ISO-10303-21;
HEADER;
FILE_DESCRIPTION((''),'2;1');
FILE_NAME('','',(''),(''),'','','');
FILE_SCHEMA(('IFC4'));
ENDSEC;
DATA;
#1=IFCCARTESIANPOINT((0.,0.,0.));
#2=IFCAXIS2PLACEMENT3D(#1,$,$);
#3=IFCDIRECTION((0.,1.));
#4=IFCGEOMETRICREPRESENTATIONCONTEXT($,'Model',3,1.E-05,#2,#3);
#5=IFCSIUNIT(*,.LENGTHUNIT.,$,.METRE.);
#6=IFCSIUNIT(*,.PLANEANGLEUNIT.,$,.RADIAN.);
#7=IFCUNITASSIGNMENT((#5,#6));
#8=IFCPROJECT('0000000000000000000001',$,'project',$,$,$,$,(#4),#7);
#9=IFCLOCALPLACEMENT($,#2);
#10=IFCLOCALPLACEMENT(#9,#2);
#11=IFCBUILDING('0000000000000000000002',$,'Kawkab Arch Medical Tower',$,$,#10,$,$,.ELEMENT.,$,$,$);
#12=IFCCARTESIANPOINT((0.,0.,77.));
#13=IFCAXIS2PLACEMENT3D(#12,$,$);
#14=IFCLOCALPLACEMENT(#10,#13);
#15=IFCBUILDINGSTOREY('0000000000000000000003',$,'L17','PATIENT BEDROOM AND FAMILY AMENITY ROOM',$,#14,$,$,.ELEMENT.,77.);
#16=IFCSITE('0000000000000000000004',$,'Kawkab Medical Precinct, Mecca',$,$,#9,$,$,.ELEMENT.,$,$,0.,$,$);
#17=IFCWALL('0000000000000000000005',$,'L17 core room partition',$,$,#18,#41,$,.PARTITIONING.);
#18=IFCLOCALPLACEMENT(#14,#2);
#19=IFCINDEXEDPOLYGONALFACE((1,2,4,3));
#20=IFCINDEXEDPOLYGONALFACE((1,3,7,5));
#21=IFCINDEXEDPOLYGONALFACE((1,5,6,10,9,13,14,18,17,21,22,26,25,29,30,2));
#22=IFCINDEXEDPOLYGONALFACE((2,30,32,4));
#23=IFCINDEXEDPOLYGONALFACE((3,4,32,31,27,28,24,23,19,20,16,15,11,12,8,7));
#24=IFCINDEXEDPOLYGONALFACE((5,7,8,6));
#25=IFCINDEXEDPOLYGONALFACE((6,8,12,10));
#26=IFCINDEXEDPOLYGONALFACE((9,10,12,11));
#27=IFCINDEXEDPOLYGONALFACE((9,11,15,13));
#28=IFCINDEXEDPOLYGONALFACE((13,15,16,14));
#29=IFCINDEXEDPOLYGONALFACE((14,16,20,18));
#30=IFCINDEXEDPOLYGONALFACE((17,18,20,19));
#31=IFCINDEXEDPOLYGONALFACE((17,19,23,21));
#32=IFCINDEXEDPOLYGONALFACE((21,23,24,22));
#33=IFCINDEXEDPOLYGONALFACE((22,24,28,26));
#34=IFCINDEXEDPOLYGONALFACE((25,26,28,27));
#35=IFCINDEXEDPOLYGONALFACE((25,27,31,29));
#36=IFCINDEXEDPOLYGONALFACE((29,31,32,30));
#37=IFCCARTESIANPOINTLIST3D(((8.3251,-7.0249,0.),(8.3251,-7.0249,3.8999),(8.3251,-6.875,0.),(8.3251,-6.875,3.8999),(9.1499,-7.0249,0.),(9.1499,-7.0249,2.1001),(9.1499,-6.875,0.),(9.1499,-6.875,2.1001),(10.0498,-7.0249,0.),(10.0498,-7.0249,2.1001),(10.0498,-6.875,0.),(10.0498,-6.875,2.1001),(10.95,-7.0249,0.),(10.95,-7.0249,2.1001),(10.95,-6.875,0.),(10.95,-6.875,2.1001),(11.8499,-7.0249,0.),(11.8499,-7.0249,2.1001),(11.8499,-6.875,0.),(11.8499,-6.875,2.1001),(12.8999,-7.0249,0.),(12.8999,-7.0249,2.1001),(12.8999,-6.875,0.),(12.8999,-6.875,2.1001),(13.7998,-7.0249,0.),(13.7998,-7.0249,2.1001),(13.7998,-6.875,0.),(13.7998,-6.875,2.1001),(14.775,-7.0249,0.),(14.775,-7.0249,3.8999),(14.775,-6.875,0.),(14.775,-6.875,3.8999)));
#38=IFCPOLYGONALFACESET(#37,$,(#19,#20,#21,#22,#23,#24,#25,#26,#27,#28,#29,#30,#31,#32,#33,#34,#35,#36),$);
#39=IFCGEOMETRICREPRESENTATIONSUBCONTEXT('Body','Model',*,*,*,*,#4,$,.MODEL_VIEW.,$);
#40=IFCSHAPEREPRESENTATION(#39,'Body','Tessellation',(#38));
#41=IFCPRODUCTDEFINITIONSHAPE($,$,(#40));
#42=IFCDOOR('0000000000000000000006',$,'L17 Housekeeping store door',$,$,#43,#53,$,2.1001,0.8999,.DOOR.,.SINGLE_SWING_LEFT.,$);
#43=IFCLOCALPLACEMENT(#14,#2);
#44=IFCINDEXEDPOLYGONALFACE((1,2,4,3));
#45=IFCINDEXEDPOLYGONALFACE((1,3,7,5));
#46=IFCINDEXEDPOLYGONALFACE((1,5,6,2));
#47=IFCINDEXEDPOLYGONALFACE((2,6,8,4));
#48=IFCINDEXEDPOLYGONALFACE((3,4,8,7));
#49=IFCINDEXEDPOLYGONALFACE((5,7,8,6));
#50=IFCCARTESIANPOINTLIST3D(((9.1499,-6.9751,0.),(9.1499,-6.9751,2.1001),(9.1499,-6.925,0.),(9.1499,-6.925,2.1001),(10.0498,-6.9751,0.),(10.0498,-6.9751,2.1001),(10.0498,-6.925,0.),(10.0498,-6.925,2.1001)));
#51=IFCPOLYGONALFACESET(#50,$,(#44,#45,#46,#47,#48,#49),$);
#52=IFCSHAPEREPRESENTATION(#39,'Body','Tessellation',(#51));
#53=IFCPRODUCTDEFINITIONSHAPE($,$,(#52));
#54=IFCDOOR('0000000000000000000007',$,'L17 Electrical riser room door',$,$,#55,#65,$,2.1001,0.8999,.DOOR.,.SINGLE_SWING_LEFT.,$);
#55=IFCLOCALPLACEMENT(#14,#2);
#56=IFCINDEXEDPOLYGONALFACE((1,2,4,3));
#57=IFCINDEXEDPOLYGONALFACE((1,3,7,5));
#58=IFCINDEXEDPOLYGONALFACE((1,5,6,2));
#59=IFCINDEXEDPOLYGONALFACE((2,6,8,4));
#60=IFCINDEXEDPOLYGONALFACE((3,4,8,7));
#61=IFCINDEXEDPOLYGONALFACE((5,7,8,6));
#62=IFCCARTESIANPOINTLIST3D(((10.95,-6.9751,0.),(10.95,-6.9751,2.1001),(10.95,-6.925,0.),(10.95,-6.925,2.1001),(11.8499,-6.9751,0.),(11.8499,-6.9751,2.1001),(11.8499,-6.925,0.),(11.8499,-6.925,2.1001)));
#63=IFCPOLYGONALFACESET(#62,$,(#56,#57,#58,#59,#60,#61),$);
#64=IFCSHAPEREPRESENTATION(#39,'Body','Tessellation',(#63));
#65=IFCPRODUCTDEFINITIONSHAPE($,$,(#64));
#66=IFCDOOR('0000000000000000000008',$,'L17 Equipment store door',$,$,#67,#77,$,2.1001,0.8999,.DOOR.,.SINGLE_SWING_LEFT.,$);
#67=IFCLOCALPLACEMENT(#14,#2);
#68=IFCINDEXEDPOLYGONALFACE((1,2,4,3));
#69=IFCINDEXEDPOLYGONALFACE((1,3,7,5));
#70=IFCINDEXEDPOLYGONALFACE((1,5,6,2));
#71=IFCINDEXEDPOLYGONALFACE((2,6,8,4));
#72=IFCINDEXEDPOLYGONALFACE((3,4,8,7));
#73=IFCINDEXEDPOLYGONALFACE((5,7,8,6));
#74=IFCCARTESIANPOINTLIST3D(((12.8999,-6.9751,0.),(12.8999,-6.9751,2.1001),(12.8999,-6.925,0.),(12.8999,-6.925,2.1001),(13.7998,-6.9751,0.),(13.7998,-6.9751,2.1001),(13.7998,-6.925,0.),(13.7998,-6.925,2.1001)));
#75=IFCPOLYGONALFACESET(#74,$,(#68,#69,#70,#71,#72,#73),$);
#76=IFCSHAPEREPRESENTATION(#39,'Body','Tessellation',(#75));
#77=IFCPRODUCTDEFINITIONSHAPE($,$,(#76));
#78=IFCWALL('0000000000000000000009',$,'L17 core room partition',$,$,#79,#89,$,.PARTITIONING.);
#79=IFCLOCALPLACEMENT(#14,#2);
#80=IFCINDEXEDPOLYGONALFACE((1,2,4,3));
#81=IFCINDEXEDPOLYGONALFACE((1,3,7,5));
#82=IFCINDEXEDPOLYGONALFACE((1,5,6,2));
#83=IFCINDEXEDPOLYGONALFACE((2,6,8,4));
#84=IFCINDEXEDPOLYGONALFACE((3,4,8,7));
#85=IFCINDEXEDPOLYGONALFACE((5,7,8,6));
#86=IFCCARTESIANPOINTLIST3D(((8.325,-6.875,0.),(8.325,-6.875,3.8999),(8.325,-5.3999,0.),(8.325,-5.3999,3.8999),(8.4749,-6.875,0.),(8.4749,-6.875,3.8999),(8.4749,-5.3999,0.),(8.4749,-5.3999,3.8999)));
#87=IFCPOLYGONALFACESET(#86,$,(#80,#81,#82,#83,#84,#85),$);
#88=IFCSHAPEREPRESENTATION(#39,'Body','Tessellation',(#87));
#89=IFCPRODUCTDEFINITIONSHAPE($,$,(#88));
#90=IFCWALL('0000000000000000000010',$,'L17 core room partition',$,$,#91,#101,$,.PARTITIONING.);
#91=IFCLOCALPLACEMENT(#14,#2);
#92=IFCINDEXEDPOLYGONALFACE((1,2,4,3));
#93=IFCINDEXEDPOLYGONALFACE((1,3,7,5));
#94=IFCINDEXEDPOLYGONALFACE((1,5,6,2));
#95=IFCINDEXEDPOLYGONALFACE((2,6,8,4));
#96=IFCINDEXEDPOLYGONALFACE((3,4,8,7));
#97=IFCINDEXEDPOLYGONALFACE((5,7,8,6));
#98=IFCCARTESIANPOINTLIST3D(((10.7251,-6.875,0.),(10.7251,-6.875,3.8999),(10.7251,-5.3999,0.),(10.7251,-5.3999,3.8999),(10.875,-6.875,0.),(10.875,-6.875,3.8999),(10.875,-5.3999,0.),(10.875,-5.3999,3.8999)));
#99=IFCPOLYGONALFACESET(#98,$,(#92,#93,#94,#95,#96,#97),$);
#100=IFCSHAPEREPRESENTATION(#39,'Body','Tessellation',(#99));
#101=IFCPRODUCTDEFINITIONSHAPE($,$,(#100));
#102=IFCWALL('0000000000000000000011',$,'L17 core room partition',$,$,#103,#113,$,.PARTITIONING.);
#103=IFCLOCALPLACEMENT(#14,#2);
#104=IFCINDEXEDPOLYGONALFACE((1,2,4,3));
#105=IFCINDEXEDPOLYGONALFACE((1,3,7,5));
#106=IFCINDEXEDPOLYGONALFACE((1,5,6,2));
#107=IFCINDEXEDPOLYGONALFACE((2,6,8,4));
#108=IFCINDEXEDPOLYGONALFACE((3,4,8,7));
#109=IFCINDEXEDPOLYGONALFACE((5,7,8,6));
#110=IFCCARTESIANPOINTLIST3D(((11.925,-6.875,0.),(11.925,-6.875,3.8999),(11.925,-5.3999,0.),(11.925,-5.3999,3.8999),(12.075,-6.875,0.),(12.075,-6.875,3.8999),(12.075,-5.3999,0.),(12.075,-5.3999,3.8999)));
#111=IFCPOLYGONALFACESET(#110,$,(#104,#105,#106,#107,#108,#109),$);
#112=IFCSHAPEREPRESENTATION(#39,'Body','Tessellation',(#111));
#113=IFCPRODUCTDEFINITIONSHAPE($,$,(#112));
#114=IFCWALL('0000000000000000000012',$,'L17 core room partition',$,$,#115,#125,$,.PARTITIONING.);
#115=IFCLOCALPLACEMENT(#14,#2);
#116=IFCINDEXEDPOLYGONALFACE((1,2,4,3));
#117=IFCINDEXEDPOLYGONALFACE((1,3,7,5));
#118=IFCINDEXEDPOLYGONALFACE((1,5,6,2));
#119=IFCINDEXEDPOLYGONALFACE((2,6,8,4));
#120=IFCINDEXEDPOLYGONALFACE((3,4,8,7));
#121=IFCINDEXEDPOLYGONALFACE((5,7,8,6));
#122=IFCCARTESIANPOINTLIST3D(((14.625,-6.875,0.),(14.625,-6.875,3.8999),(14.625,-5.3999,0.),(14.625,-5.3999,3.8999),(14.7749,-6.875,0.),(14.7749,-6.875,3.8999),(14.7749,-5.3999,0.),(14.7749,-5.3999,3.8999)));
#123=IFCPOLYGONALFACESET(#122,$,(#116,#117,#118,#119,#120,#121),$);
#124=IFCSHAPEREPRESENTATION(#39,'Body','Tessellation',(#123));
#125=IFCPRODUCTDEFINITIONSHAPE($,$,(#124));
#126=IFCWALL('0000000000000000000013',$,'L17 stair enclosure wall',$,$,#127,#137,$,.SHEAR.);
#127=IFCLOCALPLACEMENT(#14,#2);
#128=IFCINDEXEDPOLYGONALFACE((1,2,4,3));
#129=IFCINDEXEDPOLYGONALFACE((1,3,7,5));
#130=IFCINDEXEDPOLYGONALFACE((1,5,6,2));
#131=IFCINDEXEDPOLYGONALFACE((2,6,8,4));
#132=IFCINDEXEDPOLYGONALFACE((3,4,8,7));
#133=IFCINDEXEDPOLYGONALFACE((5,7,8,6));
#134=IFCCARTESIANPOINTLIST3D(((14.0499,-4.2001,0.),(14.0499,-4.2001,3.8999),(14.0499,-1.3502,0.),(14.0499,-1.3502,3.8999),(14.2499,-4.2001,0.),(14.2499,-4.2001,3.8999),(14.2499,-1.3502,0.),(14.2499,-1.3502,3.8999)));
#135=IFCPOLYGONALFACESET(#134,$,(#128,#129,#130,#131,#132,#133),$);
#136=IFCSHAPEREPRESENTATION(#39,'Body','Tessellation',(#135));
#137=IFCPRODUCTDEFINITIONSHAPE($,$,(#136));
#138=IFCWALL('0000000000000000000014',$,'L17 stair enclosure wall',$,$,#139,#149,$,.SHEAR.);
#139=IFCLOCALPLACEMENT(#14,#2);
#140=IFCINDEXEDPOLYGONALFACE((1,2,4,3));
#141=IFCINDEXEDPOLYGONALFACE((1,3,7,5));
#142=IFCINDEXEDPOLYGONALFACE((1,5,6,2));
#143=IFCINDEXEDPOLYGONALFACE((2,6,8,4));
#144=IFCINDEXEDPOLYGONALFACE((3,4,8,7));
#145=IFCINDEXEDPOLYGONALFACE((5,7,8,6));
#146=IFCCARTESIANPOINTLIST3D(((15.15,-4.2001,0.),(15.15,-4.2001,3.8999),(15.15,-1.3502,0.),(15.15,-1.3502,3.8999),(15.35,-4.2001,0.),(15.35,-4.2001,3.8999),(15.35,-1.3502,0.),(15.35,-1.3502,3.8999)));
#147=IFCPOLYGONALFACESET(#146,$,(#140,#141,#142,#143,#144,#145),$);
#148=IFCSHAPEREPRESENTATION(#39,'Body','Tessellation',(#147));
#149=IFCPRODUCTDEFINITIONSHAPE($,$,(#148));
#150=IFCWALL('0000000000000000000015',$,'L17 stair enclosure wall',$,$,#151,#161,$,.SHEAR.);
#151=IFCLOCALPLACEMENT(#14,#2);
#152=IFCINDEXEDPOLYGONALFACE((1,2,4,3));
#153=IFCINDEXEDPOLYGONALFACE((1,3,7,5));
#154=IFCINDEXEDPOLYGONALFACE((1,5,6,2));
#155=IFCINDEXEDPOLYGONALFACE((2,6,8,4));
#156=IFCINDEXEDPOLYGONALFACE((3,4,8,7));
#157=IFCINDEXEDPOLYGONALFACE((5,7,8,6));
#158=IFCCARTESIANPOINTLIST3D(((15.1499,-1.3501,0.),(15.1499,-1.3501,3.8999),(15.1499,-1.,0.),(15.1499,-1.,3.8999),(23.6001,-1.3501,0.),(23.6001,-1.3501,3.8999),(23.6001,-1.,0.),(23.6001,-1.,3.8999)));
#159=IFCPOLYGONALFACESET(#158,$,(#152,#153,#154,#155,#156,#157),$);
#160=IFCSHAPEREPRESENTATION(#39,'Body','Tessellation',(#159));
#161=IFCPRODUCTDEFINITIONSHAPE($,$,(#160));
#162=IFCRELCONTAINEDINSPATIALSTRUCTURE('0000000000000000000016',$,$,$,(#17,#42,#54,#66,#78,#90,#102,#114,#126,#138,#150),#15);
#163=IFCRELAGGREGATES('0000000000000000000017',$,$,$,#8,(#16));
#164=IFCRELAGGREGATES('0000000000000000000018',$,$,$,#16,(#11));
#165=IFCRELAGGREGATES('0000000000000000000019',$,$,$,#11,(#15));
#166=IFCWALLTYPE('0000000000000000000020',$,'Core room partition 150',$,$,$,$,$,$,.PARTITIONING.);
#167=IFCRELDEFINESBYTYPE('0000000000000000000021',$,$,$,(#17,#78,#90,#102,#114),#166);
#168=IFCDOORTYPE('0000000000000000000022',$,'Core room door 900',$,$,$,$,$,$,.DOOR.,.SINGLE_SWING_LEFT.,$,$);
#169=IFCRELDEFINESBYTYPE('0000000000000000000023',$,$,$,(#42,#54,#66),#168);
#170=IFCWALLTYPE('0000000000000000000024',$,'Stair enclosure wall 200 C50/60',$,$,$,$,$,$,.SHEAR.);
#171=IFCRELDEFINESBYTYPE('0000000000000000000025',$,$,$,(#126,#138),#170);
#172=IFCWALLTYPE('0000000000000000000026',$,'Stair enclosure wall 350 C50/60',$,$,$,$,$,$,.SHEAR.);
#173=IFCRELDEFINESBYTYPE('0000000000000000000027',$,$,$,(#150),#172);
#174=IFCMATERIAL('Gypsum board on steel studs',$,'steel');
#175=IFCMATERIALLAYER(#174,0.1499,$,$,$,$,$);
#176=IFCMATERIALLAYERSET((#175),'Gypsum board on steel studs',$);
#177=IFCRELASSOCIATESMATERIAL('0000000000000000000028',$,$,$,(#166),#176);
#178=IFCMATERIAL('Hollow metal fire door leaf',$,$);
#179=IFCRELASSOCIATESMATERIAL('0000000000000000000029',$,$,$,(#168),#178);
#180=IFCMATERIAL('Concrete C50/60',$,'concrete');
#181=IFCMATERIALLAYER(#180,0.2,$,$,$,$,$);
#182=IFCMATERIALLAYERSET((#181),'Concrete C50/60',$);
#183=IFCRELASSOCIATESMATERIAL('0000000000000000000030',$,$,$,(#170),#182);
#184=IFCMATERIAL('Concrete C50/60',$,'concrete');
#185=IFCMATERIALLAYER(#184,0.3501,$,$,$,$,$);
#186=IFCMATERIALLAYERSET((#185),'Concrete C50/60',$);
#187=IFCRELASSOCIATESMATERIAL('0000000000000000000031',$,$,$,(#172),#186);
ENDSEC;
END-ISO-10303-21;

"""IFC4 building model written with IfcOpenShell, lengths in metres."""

from ifc_helpers import new_model, si_unit, direction, frame, frame_2d, origin, place, context, subcontext, project, spatial, rectangle, extrude, material, layer, layer_set, type_object, element, fill, save


model = new_model("IFC4")

# Units and contexts
model_context = context("Model", 3, precision=1e-05, world=origin(), true_north=direction((0.0, 1.0)))
body_context = subcontext(model_context, "Body", "Model", "MODEL_VIEW")
ifc_project = project(units=[si_unit("LENGTHUNIT", "METRE"), si_unit("PLANEANGLEUNIT", "RADIAN")], contexts=[model_context])

# Site, building, storey
site_placement = place(None, origin())
site = spatial("IfcSite", under=ifc_project, at=site_placement, Name="Kawkab Medical Precinct, Mecca", CompositionType="ELEMENT", RefElevation=0.0)
building_placement = place(site_placement, origin())
building = spatial("IfcBuilding", under=site, at=building_placement, Name="Kawkab Arch Medical Tower", CompositionType="ELEMENT")
storey_placement = place(building_placement, frame((0.0, 0.0, 77.0)))
storey = spatial("IfcBuildingStorey", under=building, at=storey_placement, Name="L17", Description="PATIENT BEDROOM AND FAMILY AMENITY ROOM", CompositionType="ELEMENT", Elevation=77.0)

# Wall, openings, doors
ifc_material_1 = material(Name="Gypsum board on steel studs", Category="steel")
ifc_layer_1 = layer(ifc_material_1, 0.1499)
ifc_layer_set_1 = layer_set([ifc_layer_1], Name="Gypsum board on steel studs")
wall_type_1 = type_object("IfcWallType", Name="Core room partition 150", PredefinedType="PARTITIONING", material=ifc_layer_set_1)
wall_1_placement = place(storey_placement, frame((8.325, -6.95, 0.0), z_axis=(0.0, 0.0, 1.0), x_axis=(1.0, 0.0, 0.0)))
wall_1 = element("IfcWall", 1, at=wall_1_placement, inside=storey, type_object=wall_type_1, Name="L17 core room partition", PredefinedType="PARTITIONING", context=body_context, shape_type="SweptSolid", body=[
    extrude(rectangle(XDim=6.45, YDim=0.1499, at=frame_2d((3.2251, 0.0))), origin(), (0.0, 0.0, 1.0), 3.8999),
])
opening_1_placement = place(wall_1_placement, frame((0.825, 0.0, 0.0)))
opening_1 = element("IfcOpeningElement", 2, at=opening_1_placement, cuts=wall_1, PredefinedType="OPENING", context=body_context, shape_type="SweptSolid", body=[
    extrude(rectangle(XDim=0.8999, YDim=2.1001, at=frame_2d((0.45, 1.05))), frame((0.0, 0.085, 0.0), z_axis=(0.0, -1.0, 0.0), x_axis=(1.0, 0.0, 0.0)), (0.0, 0.0, 1.0), 0.1699),
])
opening_2_placement = place(wall_1_placement, frame((2.625, 0.0, 0.0)))
opening_2 = element("IfcOpeningElement", 3, at=opening_2_placement, cuts=wall_1, PredefinedType="OPENING", context=body_context, shape_type="SweptSolid", body=[
    extrude(rectangle(XDim=0.8999, YDim=2.1001, at=frame_2d((0.45, 1.05))), frame((0.0, 0.085, 0.0), z_axis=(0.0, -1.0, 0.0), x_axis=(1.0, 0.0, 0.0)), (0.0, 0.0, 1.0), 0.1699),
])
opening_3_placement = place(wall_1_placement, frame((4.575, 0.0, 0.0)))
opening_3 = element("IfcOpeningElement", 4, at=opening_3_placement, cuts=wall_1, PredefinedType="OPENING", context=body_context, shape_type="SweptSolid", body=[
    extrude(rectangle(XDim=0.8999, YDim=2.1001, at=frame_2d((0.45, 1.05))), frame((0.0, 0.085, 0.0), z_axis=(0.0, -1.0, 0.0), x_axis=(1.0, 0.0, 0.0)), (0.0, 0.0, 1.0), 0.1699),
])
ifc_material_2 = material(Name="Hollow metal fire door leaf")
door_type = type_object("IfcDoorType", Name="Core room door 900", OperationType="SINGLE_SWING_LEFT", PredefinedType="DOOR", material=ifc_material_2)
door_1_placement = place(opening_1_placement, origin())
door_1 = element("IfcDoor", 5, at=door_1_placement, inside=storey, type_object=door_type, Name="L17 Housekeeping store door", OperationType="SINGLE_SWING_LEFT", OverallHeight=2.1001, OverallWidth=0.8999, PredefinedType="DOOR", context=body_context, shape_type="SweptSolid", body=[
    extrude(rectangle(XDim=0.8999, YDim=2.1001, at=frame_2d((0.45, 1.05))), frame((0.0, 0.0249, 0.0), z_axis=(0.0, -1.0, 0.0), x_axis=(1.0, 0.0, 0.0)), (0.0, 0.0, 1.0), 0.05),
])
fill(opening_1, door_1)
door_2_placement = place(opening_2_placement, origin())
door_2 = element("IfcDoor", 6, at=door_2_placement, inside=storey, type_object=door_type, Name="L17 Electrical riser room door", OperationType="SINGLE_SWING_LEFT", OverallHeight=2.1001, OverallWidth=0.8999, PredefinedType="DOOR", context=body_context, shape_type="SweptSolid", body=[
    extrude(rectangle(XDim=0.8999, YDim=2.1001, at=frame_2d((0.45, 1.05))), frame((0.0, 0.0249, 0.0), z_axis=(0.0, -1.0, 0.0), x_axis=(1.0, 0.0, 0.0)), (0.0, 0.0, 1.0), 0.05),
])
fill(opening_2, door_2)
door_3_placement = place(opening_3_placement, origin())
door_3 = element("IfcDoor", 7, at=door_3_placement, inside=storey, type_object=door_type, Name="L17 Equipment store door", OperationType="SINGLE_SWING_LEFT", OverallHeight=2.1001, OverallWidth=0.8999, PredefinedType="DOOR", context=body_context, shape_type="SweptSolid", body=[
    extrude(rectangle(XDim=0.8999, YDim=2.1001, at=frame_2d((0.45, 1.05))), frame((0.0, 0.0249, 0.0), z_axis=(0.0, -1.0, 0.0), x_axis=(1.0, 0.0, 0.0)), (0.0, 0.0, 1.0), 0.05),
])
fill(opening_3, door_3)

# Walls
for number, where, z_axis, x_axis, name in (
    (8, (8.3999, -6.875, 0.0), (0.0, 0.0, 1.0), (0.0, 1.0, 0.0), "L17 core room partition"),
    (9, (10.8, -6.875, 0.0), (0.0, 0.0, 1.0), (0.0, 1.0, 0.0), "L17 core room partition"),
    (10, (12.0, -6.875, 0.0), (0.0, 0.0, 1.0), (0.0, 1.0, 0.0), "L17 core room partition"),
    (11, (14.7, -6.875, 0.0), (0.0, 0.0, 1.0), (0.0, 1.0, 0.0), "L17 core room partition"),
):
    element("IfcWall", number, at=place(storey_placement, frame(where, z_axis=z_axis, x_axis=x_axis)), inside=storey, type_object=wall_type_1, Name=name, PredefinedType="PARTITIONING", context=body_context, shape_type="SweptSolid", body=[
        extrude(rectangle(XDim=1.4751, YDim=0.1499, at=frame_2d((0.7375, 0.0))), origin(), (0.0, 0.0, 1.0), 3.8999),
    ])
ifc_material_3 = material(Name="Concrete C50/60", Category="concrete")
ifc_layer_2 = layer(ifc_material_3, 0.2)
ifc_layer_set_2 = layer_set([ifc_layer_2], Name="Concrete C50/60")
wall_type_2 = type_object("IfcWallType", Name="Stair enclosure wall 200 C50/60", PredefinedType="SHEAR", material=ifc_layer_set_2)
for number, where, z_axis, x_axis, name in (
    (12, (14.1499, -4.2, 0.0), (0.0, 0.0, 1.0), (0.0, 1.0, 0.0), "L17 stair enclosure wall"),
    (13, (15.25, -4.2, 0.0), (0.0, 0.0, 1.0), (0.0, 1.0, 0.0), "L17 stair enclosure wall"),
):
    element("IfcWall", number, at=place(storey_placement, frame(where, z_axis=z_axis, x_axis=x_axis)), inside=storey, type_object=wall_type_2, Name=name, PredefinedType="SHEAR", context=body_context, shape_type="SweptSolid", body=[
        extrude(rectangle(XDim=2.8499, YDim=0.2, at=frame_2d((1.4248, 0.0))), origin(), (0.0, 0.0, 1.0), 3.8999),
    ])
ifc_material_4 = material(Name="Concrete C50/60", Category="concrete")
ifc_layer_3 = layer(ifc_material_4, 0.3501)
ifc_layer_set_3 = layer_set([ifc_layer_3], Name="Concrete C50/60")
wall_type_3 = type_object("IfcWallType", Name="Stair enclosure wall 350 C50/60", PredefinedType="SHEAR", material=ifc_layer_set_3)
wall_2_placement = place(storey_placement, frame((15.1499, -1.175, 0.0), z_axis=(0.0, 0.0, 1.0), x_axis=(1.0, 0.0, 0.0)))
element("IfcWall", 14, at=wall_2_placement, inside=storey, type_object=wall_type_3, Name="L17 stair enclosure wall", PredefinedType="SHEAR", context=body_context, shape_type="SweptSolid", body=[
    extrude(rectangle(XDim=8.4502, YDim=0.3501, at=frame_2d((4.2251, 0.0))), origin(), (0.0, 0.0, 1.0), 3.8999),
])

save(model, "model.ifc")
